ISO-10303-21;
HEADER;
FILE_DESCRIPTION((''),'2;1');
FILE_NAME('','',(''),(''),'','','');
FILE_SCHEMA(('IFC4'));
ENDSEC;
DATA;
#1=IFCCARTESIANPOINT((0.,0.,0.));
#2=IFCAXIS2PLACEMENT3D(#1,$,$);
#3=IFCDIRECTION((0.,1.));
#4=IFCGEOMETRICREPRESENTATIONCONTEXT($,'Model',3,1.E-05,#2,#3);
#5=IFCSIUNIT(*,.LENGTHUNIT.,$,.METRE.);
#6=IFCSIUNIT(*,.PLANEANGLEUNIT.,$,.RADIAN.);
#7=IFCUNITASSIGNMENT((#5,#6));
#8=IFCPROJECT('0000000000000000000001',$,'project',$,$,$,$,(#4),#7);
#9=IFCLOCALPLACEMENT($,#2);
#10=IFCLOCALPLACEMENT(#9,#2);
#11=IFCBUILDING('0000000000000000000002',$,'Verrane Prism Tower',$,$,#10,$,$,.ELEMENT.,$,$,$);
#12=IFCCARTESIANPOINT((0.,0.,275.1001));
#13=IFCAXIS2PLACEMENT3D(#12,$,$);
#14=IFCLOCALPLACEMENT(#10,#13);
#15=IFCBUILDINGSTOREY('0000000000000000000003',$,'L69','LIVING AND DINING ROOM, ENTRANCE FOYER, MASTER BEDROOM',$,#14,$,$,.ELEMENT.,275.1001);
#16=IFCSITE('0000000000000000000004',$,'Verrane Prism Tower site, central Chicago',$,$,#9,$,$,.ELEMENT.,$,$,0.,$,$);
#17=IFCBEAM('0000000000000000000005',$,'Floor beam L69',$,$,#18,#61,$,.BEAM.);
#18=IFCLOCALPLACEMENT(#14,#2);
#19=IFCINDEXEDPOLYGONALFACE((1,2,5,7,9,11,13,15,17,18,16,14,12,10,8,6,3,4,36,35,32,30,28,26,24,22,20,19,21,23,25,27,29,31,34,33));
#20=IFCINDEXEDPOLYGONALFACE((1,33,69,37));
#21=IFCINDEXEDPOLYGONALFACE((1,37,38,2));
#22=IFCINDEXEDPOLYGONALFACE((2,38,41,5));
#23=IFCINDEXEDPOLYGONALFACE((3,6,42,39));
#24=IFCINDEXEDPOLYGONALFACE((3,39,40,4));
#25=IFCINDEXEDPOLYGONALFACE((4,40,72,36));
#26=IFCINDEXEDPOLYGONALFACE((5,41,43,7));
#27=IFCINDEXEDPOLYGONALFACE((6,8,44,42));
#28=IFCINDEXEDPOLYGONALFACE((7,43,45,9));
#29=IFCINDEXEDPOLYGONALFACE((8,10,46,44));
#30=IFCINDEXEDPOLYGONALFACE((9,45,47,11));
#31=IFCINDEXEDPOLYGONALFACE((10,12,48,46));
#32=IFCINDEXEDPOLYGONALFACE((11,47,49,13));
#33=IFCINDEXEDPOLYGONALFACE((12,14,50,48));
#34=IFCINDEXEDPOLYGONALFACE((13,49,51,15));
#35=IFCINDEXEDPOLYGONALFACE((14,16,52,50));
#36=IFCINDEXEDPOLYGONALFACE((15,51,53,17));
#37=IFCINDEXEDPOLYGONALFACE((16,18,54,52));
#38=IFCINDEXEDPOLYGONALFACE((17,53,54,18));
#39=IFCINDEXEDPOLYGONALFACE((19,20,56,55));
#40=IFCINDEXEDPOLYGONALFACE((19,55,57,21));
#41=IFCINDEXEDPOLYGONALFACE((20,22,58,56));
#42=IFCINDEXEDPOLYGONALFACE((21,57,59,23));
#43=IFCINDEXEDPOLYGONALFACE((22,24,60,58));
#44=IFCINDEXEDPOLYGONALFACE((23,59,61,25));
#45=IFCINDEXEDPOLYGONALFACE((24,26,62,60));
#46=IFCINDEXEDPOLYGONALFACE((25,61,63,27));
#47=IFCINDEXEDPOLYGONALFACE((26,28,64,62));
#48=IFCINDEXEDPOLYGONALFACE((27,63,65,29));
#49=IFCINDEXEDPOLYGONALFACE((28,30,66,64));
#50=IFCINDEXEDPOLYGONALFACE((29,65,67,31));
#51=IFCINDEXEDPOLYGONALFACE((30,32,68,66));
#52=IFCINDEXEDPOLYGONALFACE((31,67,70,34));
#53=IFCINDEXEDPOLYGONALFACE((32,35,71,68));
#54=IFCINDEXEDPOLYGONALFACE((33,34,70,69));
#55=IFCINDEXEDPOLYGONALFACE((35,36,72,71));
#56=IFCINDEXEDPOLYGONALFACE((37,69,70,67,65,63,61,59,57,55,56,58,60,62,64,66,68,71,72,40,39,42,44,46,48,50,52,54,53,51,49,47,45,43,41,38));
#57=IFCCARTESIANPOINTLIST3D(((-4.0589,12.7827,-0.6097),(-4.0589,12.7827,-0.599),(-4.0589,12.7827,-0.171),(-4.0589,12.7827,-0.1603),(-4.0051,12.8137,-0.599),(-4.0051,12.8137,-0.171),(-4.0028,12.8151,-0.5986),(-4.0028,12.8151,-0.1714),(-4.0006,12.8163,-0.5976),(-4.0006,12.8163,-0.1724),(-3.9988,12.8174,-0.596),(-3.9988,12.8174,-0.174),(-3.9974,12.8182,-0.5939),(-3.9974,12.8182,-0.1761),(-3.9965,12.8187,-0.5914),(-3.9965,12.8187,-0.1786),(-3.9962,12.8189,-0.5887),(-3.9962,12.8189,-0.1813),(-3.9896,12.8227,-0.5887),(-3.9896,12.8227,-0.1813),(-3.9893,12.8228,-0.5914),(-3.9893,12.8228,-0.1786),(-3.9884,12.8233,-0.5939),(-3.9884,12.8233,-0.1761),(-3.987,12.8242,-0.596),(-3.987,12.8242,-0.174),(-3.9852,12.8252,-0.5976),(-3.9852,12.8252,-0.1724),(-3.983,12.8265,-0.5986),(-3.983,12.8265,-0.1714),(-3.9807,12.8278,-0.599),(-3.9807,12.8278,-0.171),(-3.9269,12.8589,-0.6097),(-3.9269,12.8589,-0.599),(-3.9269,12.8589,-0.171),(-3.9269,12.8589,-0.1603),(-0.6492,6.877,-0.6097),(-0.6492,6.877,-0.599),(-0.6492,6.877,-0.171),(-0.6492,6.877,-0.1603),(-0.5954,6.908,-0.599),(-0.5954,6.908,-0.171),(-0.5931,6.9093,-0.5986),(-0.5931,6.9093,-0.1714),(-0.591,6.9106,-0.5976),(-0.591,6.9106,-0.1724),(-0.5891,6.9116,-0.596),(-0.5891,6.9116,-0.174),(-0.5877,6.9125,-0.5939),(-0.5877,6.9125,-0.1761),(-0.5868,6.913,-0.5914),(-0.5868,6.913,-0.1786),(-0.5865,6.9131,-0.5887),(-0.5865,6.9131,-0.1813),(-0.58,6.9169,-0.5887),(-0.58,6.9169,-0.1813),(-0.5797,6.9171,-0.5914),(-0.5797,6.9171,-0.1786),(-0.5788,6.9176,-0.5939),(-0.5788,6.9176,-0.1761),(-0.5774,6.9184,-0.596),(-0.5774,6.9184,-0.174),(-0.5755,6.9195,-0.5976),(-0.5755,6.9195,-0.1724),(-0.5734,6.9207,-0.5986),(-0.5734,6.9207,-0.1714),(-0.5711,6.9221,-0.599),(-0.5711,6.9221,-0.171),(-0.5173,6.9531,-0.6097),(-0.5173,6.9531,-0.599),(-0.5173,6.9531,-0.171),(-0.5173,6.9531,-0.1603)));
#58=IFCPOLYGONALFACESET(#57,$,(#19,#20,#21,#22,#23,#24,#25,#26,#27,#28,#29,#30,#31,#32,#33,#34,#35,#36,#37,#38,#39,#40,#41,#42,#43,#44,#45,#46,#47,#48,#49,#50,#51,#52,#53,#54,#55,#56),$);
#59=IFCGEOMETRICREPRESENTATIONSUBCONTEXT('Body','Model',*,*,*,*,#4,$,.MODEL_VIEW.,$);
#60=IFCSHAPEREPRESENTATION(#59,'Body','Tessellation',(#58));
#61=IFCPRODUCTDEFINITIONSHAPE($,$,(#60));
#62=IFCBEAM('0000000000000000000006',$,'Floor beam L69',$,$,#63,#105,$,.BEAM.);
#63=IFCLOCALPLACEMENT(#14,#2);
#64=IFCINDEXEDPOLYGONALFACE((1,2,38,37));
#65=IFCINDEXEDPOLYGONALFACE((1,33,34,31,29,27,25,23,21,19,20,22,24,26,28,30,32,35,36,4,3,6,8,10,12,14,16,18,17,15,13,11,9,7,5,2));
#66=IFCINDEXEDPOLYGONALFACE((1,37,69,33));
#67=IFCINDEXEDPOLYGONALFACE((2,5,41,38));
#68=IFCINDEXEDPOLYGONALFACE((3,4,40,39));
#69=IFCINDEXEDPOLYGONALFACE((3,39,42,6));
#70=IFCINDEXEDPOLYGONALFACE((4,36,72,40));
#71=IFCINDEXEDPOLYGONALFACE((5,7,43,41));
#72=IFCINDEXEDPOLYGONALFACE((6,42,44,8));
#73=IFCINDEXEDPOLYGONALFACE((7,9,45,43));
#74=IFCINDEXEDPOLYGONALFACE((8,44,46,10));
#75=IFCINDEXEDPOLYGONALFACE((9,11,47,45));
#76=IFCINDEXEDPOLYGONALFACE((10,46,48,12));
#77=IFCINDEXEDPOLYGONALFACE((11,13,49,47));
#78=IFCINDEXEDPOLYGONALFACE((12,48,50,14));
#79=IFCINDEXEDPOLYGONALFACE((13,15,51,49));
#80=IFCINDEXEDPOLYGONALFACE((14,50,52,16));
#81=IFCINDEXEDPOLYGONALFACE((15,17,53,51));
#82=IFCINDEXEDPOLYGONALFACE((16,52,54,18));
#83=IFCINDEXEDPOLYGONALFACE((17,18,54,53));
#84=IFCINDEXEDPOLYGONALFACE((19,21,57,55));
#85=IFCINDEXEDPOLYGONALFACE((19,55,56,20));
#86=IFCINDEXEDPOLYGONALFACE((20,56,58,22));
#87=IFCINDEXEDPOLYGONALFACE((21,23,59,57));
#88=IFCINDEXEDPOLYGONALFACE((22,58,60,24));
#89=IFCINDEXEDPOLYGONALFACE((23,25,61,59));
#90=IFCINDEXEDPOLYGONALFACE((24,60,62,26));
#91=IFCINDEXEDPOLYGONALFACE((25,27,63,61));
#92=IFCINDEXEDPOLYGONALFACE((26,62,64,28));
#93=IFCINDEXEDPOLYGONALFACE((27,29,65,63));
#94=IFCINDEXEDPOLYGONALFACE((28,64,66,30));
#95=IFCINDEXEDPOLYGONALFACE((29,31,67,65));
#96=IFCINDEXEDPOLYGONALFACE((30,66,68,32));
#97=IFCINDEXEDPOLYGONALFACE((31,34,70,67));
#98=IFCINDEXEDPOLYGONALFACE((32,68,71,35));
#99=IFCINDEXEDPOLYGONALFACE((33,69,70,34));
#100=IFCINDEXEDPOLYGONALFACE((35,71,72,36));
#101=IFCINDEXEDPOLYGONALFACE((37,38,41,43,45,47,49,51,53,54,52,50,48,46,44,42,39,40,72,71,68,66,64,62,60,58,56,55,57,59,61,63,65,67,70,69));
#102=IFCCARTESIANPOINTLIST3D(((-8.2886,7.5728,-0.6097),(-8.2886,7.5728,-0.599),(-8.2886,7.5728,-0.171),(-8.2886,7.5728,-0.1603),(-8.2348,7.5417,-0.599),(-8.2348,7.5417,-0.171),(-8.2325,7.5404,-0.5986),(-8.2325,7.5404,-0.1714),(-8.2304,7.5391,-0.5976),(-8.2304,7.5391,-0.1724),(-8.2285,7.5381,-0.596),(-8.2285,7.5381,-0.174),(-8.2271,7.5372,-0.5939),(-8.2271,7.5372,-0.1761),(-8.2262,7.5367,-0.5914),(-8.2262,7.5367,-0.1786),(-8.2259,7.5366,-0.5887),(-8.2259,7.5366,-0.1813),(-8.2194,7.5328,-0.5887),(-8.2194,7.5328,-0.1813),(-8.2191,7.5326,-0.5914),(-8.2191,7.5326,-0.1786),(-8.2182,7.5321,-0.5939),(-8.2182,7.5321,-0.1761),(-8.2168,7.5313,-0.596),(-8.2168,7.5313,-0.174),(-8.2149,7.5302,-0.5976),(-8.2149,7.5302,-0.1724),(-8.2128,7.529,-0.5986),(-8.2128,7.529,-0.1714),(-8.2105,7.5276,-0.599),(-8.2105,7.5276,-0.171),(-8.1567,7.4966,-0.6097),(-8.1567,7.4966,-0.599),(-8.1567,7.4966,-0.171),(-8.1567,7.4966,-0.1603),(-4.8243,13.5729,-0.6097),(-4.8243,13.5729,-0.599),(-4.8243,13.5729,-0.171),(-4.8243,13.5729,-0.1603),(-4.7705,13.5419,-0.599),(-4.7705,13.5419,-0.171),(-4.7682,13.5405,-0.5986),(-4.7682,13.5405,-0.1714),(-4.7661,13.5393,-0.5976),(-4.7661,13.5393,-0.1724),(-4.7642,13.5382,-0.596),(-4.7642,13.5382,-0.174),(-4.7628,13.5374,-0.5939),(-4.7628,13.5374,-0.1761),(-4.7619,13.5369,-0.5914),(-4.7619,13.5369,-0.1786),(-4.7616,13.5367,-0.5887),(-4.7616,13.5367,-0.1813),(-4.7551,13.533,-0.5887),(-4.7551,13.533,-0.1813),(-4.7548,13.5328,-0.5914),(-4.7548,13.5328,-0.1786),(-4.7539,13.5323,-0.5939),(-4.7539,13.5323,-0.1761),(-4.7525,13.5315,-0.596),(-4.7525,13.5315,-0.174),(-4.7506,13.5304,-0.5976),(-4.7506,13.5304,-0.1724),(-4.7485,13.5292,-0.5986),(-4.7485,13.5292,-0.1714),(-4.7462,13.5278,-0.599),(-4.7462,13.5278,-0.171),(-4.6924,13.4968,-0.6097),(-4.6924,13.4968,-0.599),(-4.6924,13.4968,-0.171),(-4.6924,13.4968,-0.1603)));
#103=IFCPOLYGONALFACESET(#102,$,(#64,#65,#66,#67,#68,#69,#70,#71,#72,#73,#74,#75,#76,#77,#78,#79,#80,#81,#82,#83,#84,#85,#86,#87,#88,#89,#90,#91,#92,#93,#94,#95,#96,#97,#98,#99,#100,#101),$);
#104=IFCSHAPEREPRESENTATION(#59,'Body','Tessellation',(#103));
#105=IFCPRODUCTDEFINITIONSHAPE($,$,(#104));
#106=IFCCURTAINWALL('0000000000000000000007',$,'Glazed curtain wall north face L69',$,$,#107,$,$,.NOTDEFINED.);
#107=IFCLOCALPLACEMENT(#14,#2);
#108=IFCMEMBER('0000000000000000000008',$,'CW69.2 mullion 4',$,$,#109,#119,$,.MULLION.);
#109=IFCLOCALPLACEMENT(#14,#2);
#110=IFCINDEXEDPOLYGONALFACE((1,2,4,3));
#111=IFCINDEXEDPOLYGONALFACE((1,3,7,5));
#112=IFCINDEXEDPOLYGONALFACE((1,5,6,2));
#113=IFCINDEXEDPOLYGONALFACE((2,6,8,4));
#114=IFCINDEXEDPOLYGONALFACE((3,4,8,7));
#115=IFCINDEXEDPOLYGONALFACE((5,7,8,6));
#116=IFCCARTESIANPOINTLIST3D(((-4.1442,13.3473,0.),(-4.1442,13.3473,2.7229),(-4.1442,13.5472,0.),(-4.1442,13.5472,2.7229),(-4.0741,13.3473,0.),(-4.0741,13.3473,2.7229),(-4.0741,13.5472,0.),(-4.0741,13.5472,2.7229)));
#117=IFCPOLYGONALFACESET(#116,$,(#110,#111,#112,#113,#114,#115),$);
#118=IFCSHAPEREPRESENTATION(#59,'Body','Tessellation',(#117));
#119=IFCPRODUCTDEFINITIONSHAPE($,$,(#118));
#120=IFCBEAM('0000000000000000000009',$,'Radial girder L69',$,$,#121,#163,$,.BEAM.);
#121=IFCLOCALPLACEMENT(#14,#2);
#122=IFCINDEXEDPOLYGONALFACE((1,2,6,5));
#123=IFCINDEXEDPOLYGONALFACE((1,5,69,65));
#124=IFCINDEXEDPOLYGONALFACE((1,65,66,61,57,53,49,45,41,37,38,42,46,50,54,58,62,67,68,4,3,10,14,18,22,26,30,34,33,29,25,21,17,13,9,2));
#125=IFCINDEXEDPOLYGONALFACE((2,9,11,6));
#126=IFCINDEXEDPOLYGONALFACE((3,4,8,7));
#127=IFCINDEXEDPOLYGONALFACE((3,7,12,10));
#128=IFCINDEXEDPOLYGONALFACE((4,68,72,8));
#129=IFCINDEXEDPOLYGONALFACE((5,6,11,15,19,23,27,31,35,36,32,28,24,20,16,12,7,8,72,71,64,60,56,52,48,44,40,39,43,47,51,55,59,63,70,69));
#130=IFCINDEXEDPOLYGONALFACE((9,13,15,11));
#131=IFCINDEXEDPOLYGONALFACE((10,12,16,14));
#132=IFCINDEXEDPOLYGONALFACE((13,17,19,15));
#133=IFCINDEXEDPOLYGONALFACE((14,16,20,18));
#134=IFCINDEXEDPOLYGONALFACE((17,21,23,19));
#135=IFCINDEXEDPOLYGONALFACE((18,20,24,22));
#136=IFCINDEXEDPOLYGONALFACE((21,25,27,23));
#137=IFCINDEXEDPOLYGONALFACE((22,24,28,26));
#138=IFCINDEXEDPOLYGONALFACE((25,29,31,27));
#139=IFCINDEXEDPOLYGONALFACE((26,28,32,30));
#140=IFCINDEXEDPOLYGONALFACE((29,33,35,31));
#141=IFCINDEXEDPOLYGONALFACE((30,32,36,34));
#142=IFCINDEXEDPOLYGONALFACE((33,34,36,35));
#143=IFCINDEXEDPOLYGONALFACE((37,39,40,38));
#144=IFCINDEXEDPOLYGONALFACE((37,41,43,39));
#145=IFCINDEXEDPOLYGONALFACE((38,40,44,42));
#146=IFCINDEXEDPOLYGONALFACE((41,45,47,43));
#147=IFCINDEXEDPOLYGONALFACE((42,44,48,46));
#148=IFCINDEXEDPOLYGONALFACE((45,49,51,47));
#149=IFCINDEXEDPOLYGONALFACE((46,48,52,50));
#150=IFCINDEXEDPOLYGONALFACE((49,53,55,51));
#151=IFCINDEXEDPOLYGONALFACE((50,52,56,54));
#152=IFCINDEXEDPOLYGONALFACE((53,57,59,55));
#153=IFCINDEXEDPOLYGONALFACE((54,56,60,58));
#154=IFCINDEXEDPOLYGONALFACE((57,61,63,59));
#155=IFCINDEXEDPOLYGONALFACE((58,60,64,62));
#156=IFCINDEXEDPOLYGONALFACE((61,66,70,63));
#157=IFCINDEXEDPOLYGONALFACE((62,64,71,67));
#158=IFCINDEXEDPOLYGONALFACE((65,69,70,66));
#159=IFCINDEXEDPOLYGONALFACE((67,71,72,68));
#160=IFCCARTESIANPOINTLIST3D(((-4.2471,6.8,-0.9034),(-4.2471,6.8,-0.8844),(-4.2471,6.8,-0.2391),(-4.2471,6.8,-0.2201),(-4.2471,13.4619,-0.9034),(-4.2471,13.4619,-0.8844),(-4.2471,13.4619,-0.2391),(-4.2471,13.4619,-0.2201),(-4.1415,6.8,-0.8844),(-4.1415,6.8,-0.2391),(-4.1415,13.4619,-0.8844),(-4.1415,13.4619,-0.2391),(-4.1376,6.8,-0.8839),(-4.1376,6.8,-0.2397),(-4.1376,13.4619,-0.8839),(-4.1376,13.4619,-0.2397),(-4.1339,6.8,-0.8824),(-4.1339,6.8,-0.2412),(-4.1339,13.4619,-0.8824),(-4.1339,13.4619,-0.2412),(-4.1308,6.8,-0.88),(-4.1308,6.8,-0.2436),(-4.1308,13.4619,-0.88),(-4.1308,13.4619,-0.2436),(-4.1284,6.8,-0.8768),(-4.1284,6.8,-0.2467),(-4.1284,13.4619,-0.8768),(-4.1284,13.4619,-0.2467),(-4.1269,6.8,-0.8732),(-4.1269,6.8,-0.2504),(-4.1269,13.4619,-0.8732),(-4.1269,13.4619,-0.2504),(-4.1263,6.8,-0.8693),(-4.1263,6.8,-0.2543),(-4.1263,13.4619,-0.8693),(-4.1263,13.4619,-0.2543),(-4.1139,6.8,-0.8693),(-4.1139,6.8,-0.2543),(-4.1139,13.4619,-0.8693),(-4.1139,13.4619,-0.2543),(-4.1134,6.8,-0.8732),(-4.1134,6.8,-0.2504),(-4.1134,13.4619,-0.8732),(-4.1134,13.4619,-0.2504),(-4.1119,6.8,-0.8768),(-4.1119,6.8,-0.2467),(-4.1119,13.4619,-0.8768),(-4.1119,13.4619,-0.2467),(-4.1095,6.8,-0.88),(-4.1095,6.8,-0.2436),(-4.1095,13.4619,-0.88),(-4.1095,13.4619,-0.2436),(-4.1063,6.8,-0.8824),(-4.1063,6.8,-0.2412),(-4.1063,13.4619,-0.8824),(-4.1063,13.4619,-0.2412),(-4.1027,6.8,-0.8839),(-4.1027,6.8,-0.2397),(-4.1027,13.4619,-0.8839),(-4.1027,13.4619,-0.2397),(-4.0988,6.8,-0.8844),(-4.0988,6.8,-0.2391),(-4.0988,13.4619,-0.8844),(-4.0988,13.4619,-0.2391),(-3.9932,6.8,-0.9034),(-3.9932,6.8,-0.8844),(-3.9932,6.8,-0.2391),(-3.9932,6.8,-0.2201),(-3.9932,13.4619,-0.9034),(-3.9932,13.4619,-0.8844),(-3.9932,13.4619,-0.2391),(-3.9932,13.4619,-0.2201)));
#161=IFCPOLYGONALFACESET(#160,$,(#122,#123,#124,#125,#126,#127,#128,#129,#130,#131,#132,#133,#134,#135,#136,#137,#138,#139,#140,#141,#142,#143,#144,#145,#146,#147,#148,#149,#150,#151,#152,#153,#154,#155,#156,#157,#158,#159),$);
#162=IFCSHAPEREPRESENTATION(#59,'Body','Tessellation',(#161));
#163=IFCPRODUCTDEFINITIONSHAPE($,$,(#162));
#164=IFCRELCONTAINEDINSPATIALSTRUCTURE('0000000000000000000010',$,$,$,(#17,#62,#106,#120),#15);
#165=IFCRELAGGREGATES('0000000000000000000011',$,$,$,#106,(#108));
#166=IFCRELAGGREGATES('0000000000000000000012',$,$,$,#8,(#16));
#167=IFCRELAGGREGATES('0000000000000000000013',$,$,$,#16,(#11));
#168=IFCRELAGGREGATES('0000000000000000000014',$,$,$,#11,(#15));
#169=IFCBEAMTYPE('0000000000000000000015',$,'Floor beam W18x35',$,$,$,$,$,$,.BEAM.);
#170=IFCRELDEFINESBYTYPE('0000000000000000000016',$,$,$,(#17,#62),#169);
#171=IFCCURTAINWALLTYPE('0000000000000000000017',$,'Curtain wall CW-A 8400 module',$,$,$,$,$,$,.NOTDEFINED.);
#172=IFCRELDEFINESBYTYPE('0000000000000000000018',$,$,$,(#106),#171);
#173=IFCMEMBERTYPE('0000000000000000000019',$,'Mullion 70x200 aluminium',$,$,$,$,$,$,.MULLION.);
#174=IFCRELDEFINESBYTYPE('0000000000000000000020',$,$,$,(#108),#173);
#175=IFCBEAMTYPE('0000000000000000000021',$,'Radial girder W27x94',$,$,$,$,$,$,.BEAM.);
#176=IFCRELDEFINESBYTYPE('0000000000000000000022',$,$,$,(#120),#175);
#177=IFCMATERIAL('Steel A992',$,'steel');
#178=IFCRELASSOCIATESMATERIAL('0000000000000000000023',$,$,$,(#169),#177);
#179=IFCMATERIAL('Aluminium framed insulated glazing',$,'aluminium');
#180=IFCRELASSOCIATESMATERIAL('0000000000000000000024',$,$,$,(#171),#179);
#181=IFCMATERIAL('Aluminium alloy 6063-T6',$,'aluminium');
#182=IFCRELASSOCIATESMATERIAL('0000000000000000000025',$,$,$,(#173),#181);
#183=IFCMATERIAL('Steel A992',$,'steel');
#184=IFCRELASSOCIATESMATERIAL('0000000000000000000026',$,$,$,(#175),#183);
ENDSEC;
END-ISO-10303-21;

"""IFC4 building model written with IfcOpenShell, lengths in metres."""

from ifc_helpers import new_model, si_unit, direction, frame, origin, origin_2d, place, context, subcontext, project, spatial, rectangle, i_section, extrude, material, material_profile, profile_set, type_object, element, aggregate, save


model = new_model("IFC4")

# Units and contexts
model_context = context("Model", 3, precision=1e-05, world=origin(), true_north=direction((0.0, 1.0)))
body_context = subcontext(model_context, "Body", "Model", "MODEL_VIEW")
ifc_project = project(units=[si_unit("LENGTHUNIT", "METRE"), si_unit("PLANEANGLEUNIT", "RADIAN")], contexts=[model_context])

# Site, building, storey
site_placement = place(None, origin())
site = spatial("IfcSite", under=ifc_project, at=site_placement, Name="Verrane Prism Tower site, central Chicago", CompositionType="ELEMENT", RefElevation=0.0)
building_placement = place(site_placement, origin())
building = spatial("IfcBuilding", under=site, at=building_placement, Name="Verrane Prism Tower", CompositionType="ELEMENT")
storey_placement = place(building_placement, frame((0.0, 0.0, 275.1001)))
storey = spatial("IfcBuildingStorey", under=building, at=storey_placement, Name="L69", Description="LIVING AND DINING ROOM, ENTRANCE FOYER, MASTER BEDROOM", CompositionType="ELEMENT", Elevation=275.1001)

# Beams
ifc_material_1 = material(Name="Steel A992", Category="steel")
ifc_material_profile_1 = material_profile(ifc_material_1, i_section(OverallWidth=0.1523, OverallDepth=0.4495, WebThickness=0.0076, FlangeThickness=0.0107, FilletRadius=0.0103, at=origin_2d()), Name="W18x35")
ifc_profile_set_1 = profile_set([ifc_material_profile_1], Name="Steel A992")
beam_type_1 = type_object("IfcBeamType", Name="Floor beam W18x35", PredefinedType="BEAM", material=ifc_profile_set_1)
beam_1_placement = place(storey_placement, frame((-0.5833, 6.915, -0.385), z_axis=(-0.499997, 0.866027, 0.0), x_axis=(-0.866027, -0.499997, 0.0)))
element("IfcBeam", 1, at=beam_1_placement, inside=storey, type_object=beam_type_1, Name="Floor beam L69", PredefinedType="BEAM", context=body_context, shape_type="SweptSolid", body=[
    extrude(i_section(OverallWidth=0.1523, OverallDepth=0.4495, WebThickness=0.0076, FlangeThickness=0.0107, FilletRadius=0.0103, at=origin_2d()), origin(), (0.0, 0.0, 1.0), 6.8193),
])
beam_2_placement = place(storey_placement, frame((-8.2227, 7.5347, -0.385), z_axis=(0.500012, 0.866018, 0.0), x_axis=(-0.866018, 0.500012, 0.0)))
element("IfcBeam", 2, at=beam_2_placement, inside=storey, type_object=beam_type_1, Name="Floor beam L69", PredefinedType="BEAM", context=body_context, shape_type="SweptSolid", body=[
    extrude(i_section(OverallWidth=0.1523, OverallDepth=0.4495, WebThickness=0.0076, FlangeThickness=0.0107, FilletRadius=0.0103, at=origin_2d()), origin(), (0.0, 0.0, 1.0), 6.9285),
])

# Curtain wall, member
ifc_material_2 = material(Name="Aluminium framed insulated glazing", Category="aluminium")
curtain_wall_type = type_object("IfcCurtainWallType", Name="Curtain wall CW-A 8400 module", PredefinedType="NOTDEFINED", material=ifc_material_2)
curtain_wall_placement = place(storey_placement, origin())
curtain_wall = element("IfcCurtainWall", 3, at=curtain_wall_placement, inside=storey, type_object=curtain_wall_type, Name="Glazed curtain wall north face L69", PredefinedType="NOTDEFINED")
ifc_material_3 = material(Name="Aluminium alloy 6063-T6", Category="aluminium")
ifc_material_profile_2 = material_profile(ifc_material_3, rectangle(XDim=0.2, YDim=0.0701, at=origin_2d()), Name="Mullion 70x200 aluminium")
ifc_profile_set_2 = profile_set([ifc_material_profile_2], Name="Aluminium alloy 6063-T6")
member_type_1 = type_object("IfcMemberType", Name="Mullion 70x200 aluminium", PredefinedType="MULLION", material=ifc_profile_set_2)
member_1_placement = place(storey_placement, frame((-4.1091, 13.4473, 0.0), z_axis=(0.0, 0.0, 1.0), x_axis=(0.0, -1.0, 0.0)))
member_1 = element("IfcMember", 4, at=member_1_placement, type_object=member_type_1, Name="CW69.2 mullion 4", PredefinedType="MULLION", context=body_context, shape_type="SweptSolid", body=[
    extrude(rectangle(XDim=0.2, YDim=0.0701, at=origin_2d()), origin(), (0.0, 0.0, 1.0), 2.7229),
])

# Beam
ifc_material_4 = material(Name="Steel A992", Category="steel")
ifc_material_profile_3 = material_profile(ifc_material_4, i_section(OverallWidth=0.2539, OverallDepth=0.6833, WebThickness=0.0125, FlangeThickness=0.019, FilletRadius=0.0151, at=origin_2d()), Name="W27x94")
ifc_profile_set_3 = profile_set([ifc_material_profile_3], Name="Steel A992")
beam_type_2 = type_object("IfcBeamType", Name="Radial girder W27x94", PredefinedType="BEAM", material=ifc_profile_set_3)
beam_3_placement = place(storey_placement, frame((-4.1201, 13.4619, -0.5618), z_axis=(0.0, -1.0, 0.0), x_axis=(1.0, 0.0, 0.0)))
element("IfcBeam", 5, at=beam_3_placement, inside=storey, type_object=beam_type_2, Name="Radial girder L69", PredefinedType="BEAM", context=body_context, shape_type="SweptSolid", body=[
    extrude(i_section(OverallWidth=0.2539, OverallDepth=0.6833, WebThickness=0.0125, FlangeThickness=0.019, FilletRadius=0.0151, at=origin_2d()), origin(), (0.0, 0.0, 1.0), 6.6619),
])

aggregate(curtain_wall, [member_1])

save(model, "model.ifc")
